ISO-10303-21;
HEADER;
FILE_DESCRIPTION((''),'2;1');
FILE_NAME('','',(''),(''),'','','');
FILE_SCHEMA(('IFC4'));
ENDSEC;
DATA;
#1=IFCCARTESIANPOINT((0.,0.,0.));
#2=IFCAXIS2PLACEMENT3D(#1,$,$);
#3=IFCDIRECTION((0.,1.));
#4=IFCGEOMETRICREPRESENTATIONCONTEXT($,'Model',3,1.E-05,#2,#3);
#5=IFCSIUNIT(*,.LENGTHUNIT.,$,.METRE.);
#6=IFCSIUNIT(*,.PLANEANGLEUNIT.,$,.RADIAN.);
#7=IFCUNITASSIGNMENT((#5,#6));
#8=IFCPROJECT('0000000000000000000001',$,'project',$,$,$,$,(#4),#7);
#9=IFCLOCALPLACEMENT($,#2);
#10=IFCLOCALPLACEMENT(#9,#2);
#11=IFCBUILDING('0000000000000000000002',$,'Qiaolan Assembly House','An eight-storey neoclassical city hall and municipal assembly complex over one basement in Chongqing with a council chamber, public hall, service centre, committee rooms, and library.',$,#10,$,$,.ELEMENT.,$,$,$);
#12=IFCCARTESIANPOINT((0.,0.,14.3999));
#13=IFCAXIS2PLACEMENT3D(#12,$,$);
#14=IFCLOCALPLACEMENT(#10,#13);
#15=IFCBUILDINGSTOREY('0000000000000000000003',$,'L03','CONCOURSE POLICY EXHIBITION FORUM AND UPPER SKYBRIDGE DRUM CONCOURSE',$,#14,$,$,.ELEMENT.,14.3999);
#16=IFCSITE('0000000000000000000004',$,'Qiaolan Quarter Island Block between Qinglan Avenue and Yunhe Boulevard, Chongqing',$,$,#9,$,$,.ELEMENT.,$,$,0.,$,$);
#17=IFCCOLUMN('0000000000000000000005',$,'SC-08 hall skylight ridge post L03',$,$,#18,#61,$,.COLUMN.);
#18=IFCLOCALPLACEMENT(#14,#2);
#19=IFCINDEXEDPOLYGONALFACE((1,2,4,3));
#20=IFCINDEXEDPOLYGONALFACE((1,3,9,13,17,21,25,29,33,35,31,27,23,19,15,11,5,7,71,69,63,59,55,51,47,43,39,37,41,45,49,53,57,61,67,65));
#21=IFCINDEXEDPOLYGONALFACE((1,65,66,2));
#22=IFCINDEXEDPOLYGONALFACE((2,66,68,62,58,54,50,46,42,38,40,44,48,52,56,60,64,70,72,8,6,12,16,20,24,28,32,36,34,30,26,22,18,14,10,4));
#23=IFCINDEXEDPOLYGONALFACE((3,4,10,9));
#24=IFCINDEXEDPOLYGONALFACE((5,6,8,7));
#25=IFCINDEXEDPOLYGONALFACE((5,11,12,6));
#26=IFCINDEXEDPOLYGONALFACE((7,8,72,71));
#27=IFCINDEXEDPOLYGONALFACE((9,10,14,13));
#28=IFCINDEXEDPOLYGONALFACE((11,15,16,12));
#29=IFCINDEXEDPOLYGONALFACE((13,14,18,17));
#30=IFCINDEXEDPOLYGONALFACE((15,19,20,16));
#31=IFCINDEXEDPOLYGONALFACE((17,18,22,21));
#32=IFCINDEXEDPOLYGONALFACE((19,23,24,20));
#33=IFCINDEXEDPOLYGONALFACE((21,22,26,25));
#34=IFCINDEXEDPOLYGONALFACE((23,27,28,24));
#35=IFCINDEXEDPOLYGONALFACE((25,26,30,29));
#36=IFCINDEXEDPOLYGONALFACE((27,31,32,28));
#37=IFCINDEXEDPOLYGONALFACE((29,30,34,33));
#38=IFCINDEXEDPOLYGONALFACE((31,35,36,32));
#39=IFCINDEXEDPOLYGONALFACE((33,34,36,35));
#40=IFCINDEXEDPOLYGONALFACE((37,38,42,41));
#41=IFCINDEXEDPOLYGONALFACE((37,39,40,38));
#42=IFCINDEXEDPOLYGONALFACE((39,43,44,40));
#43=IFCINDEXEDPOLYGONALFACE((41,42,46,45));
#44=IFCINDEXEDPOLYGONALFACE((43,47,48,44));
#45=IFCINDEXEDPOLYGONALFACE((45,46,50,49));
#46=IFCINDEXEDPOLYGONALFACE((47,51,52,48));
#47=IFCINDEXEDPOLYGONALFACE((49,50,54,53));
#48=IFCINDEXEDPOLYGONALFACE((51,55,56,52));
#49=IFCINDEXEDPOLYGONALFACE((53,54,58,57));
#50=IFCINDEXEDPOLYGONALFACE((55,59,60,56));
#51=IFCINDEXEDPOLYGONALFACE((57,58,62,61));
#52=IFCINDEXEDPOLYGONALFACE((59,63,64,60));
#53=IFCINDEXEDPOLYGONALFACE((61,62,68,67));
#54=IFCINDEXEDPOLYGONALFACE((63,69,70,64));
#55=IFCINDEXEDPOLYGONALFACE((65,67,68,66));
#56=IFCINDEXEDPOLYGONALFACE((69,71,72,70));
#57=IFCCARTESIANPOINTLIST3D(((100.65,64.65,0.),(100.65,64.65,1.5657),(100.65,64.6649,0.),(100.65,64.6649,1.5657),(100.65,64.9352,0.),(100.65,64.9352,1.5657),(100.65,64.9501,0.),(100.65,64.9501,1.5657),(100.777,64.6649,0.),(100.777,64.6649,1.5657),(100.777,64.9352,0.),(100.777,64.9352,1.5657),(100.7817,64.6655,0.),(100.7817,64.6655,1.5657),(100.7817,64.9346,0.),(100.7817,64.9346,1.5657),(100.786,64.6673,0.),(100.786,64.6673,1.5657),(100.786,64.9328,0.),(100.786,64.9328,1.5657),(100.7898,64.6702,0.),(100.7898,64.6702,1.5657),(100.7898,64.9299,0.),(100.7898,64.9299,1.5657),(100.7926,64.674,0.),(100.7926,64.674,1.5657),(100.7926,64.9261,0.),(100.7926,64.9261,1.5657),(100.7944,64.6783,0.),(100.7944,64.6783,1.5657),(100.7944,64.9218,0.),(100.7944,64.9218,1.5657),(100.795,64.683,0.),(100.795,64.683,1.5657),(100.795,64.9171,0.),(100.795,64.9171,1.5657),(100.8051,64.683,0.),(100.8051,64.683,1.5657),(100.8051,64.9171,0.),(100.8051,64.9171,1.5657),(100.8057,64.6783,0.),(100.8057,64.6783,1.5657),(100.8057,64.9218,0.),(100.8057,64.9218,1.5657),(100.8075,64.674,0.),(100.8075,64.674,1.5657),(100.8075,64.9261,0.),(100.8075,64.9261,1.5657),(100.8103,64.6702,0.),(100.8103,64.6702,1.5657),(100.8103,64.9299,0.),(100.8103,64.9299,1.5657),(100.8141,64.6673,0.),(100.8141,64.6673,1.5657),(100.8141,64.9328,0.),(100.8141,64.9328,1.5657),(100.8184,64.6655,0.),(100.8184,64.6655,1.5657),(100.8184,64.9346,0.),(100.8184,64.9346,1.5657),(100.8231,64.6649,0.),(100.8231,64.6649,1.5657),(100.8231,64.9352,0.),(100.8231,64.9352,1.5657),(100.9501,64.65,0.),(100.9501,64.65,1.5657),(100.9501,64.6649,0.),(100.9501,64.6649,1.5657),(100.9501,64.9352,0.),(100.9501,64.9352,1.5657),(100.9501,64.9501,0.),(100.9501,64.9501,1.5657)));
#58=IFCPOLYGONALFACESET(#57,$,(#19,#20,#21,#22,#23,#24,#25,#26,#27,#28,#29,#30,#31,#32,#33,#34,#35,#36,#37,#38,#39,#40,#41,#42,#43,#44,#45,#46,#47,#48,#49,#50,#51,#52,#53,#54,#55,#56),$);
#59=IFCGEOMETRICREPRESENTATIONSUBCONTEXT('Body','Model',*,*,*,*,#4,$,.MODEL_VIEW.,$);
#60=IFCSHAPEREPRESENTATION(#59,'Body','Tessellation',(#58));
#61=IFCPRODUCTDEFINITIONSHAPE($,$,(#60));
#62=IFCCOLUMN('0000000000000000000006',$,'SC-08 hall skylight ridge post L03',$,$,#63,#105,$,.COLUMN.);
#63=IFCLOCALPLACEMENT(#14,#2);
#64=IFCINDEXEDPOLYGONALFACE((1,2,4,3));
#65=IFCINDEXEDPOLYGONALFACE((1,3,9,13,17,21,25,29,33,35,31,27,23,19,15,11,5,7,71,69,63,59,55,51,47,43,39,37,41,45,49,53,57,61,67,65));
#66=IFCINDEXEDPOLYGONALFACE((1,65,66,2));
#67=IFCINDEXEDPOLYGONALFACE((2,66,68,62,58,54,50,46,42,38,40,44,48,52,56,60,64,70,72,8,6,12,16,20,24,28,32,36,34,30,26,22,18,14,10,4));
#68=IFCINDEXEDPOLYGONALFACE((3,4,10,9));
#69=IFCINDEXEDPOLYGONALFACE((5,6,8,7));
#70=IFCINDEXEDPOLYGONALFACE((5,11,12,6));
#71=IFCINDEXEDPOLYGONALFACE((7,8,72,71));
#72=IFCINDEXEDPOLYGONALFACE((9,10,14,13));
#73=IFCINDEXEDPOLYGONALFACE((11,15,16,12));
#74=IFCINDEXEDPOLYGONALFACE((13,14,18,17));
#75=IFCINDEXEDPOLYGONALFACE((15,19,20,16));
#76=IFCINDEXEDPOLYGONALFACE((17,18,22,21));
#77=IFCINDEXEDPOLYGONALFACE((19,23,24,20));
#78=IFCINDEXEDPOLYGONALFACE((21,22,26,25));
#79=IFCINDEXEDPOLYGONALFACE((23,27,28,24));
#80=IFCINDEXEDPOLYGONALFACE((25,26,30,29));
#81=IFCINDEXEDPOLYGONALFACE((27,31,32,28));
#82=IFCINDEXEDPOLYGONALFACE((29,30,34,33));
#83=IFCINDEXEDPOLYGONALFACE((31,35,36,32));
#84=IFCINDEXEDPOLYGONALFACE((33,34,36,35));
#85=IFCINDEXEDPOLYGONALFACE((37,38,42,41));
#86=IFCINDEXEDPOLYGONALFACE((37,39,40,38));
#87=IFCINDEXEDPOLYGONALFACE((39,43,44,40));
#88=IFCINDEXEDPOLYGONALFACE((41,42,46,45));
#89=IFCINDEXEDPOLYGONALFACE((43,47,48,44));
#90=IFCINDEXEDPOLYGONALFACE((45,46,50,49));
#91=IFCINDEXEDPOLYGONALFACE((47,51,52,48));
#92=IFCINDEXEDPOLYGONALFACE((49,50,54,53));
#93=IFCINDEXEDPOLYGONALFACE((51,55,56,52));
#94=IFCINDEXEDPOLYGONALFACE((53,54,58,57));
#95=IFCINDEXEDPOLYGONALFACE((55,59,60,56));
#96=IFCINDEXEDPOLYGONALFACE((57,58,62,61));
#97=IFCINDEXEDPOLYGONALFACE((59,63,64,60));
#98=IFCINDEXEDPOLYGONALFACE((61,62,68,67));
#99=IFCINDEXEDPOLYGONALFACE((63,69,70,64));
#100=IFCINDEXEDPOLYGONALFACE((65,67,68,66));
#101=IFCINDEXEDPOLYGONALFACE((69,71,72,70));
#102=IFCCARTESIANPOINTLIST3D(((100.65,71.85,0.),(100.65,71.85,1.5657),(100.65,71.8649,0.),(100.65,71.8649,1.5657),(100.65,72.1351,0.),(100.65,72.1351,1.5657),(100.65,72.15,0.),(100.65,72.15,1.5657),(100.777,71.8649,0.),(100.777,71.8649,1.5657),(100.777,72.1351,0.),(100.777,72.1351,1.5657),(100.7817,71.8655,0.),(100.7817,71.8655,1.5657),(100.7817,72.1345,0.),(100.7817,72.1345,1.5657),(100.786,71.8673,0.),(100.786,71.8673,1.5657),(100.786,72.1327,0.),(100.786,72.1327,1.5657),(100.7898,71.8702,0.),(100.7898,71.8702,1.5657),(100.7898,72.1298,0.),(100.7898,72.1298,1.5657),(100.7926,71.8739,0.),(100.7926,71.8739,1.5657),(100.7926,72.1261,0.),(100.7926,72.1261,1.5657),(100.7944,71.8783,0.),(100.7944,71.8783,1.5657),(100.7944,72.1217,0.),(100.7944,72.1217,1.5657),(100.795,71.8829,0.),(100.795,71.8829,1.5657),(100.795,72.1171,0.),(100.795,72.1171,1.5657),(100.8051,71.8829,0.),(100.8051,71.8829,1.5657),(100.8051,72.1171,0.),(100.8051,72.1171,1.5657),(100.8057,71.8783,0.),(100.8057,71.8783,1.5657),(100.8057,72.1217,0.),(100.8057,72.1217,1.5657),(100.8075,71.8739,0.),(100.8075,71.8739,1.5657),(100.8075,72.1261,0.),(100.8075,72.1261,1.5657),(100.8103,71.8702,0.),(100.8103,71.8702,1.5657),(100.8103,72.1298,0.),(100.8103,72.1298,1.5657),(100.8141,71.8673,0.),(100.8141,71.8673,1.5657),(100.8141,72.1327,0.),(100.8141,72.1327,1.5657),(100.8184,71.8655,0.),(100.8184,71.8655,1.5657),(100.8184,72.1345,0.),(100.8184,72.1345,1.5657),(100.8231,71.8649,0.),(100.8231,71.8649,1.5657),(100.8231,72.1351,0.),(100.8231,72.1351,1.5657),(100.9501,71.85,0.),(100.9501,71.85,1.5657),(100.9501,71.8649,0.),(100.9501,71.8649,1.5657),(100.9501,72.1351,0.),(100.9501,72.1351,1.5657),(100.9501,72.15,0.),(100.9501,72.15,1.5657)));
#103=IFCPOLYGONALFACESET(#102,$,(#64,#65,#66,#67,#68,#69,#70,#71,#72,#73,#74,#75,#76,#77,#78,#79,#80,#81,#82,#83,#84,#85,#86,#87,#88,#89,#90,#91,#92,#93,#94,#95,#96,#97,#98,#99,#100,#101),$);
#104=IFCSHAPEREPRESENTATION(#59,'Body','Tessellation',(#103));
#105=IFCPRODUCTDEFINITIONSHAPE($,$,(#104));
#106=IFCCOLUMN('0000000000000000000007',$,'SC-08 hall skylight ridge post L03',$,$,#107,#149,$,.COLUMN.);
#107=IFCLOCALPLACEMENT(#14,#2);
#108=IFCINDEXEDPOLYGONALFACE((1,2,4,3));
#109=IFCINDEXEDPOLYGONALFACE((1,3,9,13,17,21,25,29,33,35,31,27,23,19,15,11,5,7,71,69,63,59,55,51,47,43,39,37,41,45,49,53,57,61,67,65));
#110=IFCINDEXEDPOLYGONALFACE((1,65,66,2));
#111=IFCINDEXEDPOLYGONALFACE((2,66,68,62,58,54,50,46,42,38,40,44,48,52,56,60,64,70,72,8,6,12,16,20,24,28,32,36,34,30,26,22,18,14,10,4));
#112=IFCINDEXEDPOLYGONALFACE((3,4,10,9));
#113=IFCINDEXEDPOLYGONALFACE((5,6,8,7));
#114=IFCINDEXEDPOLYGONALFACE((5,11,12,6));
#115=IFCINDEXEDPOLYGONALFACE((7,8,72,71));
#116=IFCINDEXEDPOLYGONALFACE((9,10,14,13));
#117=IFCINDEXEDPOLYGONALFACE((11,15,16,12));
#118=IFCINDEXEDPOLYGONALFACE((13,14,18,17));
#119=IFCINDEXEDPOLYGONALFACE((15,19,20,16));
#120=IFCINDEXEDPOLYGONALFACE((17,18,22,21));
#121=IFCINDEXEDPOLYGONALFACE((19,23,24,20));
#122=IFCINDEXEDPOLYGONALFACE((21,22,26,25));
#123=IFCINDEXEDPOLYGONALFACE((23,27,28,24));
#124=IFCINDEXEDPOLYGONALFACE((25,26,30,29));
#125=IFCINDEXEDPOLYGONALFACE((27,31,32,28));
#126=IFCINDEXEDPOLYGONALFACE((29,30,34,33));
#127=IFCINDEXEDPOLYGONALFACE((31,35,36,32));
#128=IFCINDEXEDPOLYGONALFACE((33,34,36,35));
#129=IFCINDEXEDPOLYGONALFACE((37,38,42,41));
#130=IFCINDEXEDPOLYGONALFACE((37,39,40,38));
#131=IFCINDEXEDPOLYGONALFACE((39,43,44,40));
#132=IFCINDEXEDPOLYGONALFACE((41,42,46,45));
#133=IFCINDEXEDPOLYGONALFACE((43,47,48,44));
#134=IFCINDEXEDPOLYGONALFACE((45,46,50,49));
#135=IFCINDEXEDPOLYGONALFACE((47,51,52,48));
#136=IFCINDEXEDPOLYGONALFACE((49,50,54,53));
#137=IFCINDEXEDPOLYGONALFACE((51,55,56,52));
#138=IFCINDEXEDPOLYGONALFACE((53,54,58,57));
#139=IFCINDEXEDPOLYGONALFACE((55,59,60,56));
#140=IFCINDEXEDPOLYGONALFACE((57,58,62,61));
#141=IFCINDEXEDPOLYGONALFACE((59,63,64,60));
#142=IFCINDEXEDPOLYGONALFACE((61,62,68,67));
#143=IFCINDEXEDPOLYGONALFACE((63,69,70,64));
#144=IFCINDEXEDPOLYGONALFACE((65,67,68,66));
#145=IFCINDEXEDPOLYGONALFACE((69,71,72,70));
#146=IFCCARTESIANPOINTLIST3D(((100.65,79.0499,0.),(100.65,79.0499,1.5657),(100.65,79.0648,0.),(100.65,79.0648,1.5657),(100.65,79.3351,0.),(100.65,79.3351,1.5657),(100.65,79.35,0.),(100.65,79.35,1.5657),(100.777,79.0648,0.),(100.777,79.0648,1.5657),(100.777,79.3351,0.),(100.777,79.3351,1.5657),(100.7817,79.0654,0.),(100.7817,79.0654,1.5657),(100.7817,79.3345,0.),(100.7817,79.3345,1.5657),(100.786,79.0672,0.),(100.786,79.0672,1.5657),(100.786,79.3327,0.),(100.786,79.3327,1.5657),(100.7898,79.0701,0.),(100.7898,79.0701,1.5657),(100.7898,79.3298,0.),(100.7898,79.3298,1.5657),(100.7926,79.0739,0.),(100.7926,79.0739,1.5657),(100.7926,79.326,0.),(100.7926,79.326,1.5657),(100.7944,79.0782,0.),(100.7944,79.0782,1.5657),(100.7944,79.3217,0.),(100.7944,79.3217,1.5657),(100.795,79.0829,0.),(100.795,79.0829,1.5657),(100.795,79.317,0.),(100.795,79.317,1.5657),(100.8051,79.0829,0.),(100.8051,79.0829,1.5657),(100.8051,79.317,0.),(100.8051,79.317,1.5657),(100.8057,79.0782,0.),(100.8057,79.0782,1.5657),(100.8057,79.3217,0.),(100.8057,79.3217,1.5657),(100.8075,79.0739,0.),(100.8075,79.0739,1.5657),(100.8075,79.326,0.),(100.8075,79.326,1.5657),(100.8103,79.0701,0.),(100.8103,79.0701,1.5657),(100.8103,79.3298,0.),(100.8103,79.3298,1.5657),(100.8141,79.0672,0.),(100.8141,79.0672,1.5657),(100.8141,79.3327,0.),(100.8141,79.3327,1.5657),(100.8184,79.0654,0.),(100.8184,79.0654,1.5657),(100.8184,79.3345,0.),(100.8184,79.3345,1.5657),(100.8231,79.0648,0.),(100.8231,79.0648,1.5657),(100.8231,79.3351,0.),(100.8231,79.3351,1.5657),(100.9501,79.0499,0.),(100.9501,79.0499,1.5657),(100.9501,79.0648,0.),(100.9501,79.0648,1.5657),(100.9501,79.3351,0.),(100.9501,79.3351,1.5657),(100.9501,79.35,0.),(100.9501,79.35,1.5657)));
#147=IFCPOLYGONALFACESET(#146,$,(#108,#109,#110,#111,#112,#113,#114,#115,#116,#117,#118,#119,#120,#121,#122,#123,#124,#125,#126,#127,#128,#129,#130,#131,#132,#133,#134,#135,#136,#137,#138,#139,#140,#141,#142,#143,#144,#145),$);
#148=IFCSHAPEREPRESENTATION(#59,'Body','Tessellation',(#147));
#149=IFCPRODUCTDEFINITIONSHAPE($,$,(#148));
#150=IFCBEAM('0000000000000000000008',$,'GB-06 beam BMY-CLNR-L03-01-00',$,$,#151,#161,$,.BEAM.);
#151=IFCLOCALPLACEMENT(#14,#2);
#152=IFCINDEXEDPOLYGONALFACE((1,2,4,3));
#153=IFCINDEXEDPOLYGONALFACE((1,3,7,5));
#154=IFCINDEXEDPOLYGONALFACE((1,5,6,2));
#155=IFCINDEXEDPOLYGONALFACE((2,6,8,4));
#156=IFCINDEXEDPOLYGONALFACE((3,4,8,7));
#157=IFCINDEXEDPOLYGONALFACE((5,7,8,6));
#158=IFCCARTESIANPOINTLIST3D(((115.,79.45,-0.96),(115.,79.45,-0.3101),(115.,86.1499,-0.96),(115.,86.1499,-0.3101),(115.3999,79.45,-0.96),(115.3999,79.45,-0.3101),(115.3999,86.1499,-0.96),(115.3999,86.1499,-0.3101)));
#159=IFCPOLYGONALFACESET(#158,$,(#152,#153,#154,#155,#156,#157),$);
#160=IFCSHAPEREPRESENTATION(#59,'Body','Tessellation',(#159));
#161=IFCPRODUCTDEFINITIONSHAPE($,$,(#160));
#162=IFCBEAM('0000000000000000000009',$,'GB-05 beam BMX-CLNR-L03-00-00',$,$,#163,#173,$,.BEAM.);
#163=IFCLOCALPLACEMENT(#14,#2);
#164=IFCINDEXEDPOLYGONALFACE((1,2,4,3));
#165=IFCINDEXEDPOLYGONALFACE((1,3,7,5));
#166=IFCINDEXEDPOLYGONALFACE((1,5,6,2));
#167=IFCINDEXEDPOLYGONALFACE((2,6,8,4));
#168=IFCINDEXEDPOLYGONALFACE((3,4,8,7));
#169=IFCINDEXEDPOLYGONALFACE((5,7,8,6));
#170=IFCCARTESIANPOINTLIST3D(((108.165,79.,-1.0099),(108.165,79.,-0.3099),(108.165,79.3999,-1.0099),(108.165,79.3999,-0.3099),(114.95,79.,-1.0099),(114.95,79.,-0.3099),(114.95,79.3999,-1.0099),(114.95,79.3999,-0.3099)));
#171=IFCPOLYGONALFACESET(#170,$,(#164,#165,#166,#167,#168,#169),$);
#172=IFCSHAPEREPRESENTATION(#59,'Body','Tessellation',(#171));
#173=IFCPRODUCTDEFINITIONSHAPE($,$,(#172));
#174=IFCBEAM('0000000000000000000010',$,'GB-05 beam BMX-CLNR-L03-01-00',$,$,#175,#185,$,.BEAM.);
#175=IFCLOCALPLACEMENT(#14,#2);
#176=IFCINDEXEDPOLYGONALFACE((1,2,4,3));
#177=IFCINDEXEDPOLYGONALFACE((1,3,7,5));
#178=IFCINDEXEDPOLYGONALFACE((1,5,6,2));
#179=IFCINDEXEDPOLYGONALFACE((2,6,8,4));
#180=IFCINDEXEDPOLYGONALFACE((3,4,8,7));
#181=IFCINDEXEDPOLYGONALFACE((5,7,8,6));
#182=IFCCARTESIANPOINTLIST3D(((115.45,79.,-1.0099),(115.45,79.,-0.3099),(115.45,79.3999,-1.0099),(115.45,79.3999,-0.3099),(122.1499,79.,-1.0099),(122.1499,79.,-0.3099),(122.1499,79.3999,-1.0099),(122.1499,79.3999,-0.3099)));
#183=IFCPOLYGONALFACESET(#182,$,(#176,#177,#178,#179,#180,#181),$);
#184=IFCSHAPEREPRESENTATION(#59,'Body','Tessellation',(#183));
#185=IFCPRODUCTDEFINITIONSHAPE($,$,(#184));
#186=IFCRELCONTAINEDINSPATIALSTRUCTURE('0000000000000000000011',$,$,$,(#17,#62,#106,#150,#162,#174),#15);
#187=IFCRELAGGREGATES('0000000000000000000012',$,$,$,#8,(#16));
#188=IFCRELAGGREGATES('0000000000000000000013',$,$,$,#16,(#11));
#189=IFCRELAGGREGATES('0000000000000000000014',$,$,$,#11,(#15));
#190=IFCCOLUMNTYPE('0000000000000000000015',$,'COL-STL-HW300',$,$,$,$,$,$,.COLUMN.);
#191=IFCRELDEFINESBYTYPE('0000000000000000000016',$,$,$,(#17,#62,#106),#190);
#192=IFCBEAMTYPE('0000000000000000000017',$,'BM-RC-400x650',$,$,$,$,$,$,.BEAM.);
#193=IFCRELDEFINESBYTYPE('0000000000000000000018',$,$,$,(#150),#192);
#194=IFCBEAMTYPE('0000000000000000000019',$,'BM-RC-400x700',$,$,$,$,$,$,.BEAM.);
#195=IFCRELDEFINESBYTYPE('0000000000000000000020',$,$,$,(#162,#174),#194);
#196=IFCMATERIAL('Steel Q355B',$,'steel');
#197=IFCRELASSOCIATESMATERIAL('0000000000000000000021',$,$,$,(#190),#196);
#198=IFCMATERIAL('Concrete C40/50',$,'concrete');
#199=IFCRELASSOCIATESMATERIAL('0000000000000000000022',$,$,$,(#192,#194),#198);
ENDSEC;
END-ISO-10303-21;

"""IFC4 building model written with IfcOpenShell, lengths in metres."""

from ifc_helpers import new_model, si_unit, direction, frame, origin, origin_2d, place, context, subcontext, project, spatial, rectangle, i_section, extrude, material, material_profile, profile_set, type_object, element, save


model = new_model("IFC4")

# Units and contexts
model_context = context("Model", 3, precision=1e-05, world=origin(), true_north=direction((0.0, 1.0)))
body_context = subcontext(model_context, "Body", "Model", "MODEL_VIEW")
ifc_project = project(units=[si_unit("LENGTHUNIT", "METRE"), si_unit("PLANEANGLEUNIT", "RADIAN")], contexts=[model_context])

# Site, building, storey
site_placement = place(None, origin())
site = spatial("IfcSite", under=ifc_project, at=site_placement, Name="Qiaolan Quarter Island Block between Qinglan Avenue and Yunhe Boulevard, Chongqing", CompositionType="ELEMENT", RefElevation=0.0)
building_placement = place(site_placement, origin())
building = spatial("IfcBuilding", under=site, at=building_placement, Name="Qiaolan Assembly House", Description="An eight-storey neoclassical city hall and municipal assembly complex over one basement in Chongqing with a council chamber, public hall, service centre, committee rooms, and library.", CompositionType="ELEMENT")
storey_placement = place(building_placement, frame((0.0, 0.0, 14.3999)))
storey = spatial("IfcBuildingStorey", under=building, at=storey_placement, Name="L03", Description="CONCOURSE POLICY EXHIBITION FORUM AND UPPER SKYBRIDGE DRUM CONCOURSE", CompositionType="ELEMENT", Elevation=14.3999)

# Columns
ifc_material_1 = material(Name="Steel Q355B", Category="steel")
ifc_material_profile_1 = material_profile(ifc_material_1, i_section(OverallWidth=0.3, OverallDepth=0.3, WebThickness=0.01, FlangeThickness=0.0149, FilletRadius=0.0181, at=origin_2d()), Name="HW 300x300x10x15")
ifc_profile_set_1 = profile_set([ifc_material_profile_1], Name="Steel Q355B")
column_type = type_object("IfcColumnType", Name="COL-STL-HW300", PredefinedType="COLUMN", material=ifc_profile_set_1)
for number, where, z_axis, x_axis, name in (
    (1, (100.8, 64.8, 0.0), (0.0, 0.0, 1.0), (1.0, 0.0, 0.0), "SC-08 hall skylight ridge post L03"),
    (2, (100.8, 72.0, 0.0), (0.0, 0.0, 1.0), (1.0, 0.0, 0.0), "SC-08 hall skylight ridge post L03"),
    (3, (100.8, 79.2, 0.0), (0.0, 0.0, 1.0), (1.0, 0.0, 0.0), "SC-08 hall skylight ridge post L03"),
):
    element("IfcColumn", number, at=place(storey_placement, frame(where, z_axis=z_axis, x_axis=x_axis)), inside=storey, type_object=column_type, Name=name, PredefinedType="COLUMN", context=body_context, shape_type="SweptSolid", body=[
        extrude(i_section(OverallWidth=0.3, OverallDepth=0.3, WebThickness=0.01, FlangeThickness=0.0149, FilletRadius=0.0181, at=origin_2d()), origin(), (0.0, 0.0, 1.0), 1.5657),
    ])

# Beams
ifc_material_2 = material(Name="Concrete C40/50", Category="concrete")
ifc_material_profile_2 = material_profile(ifc_material_2, rectangle(XDim=0.3999, YDim=0.6499, at=origin_2d()), Name="RCB 400x650")
ifc_profile_set_2 = profile_set([ifc_material_profile_2], Name="Concrete C40/50")
beam_type_1 = type_object("IfcBeamType", Name="BM-RC-400x650", PredefinedType="BEAM", material=ifc_profile_set_2)
beam_1_placement = place(storey_placement, frame((115.2, 79.45, -0.635), z_axis=(0.0, 1.0, 0.0), x_axis=(-1.0, 0.0, 0.0)))
element("IfcBeam", 4, at=beam_1_placement, inside=storey, type_object=beam_type_1, Name="GB-06 beam BMY-CLNR-L03-01-00", PredefinedType="BEAM", context=body_context, shape_type="SweptSolid", body=[
    extrude(rectangle(XDim=0.3999, YDim=0.6499, at=origin_2d()), origin(), (0.0, 0.0, 1.0), 6.7),
])
ifc_material_profile_3 = material_profile(ifc_material_2, rectangle(XDim=0.3999, YDim=0.7, at=origin_2d()), Name="RCB 400x700")
ifc_profile_set_3 = profile_set([ifc_material_profile_3], Name="Concrete C40/50")
beam_type_2 = type_object("IfcBeamType", Name="BM-RC-400x700", PredefinedType="BEAM", material=ifc_profile_set_3)
beam_2_placement = place(storey_placement, frame((108.165, 79.2, -0.6599), z_axis=(1.0, 0.0, 0.0), x_axis=(0.0, 1.0, 0.0)))
element("IfcBeam", 5, at=beam_2_placement, inside=storey, type_object=beam_type_2, Name="GB-05 beam BMX-CLNR-L03-00-00", PredefinedType="BEAM", context=body_context, shape_type="SweptSolid", body=[
    extrude(rectangle(XDim=0.3999, YDim=0.7, at=origin_2d()), origin(), (0.0, 0.0, 1.0), 6.7849),
])
beam_3_placement = place(storey_placement, frame((115.45, 79.2, -0.6599), z_axis=(1.0, 0.0, 0.0), x_axis=(0.0, 1.0, 0.0)))
element("IfcBeam", 6, at=beam_3_placement, inside=storey, type_object=beam_type_2, Name="GB-05 beam BMX-CLNR-L03-01-00", PredefinedType="BEAM", context=body_context, shape_type="SweptSolid", body=[
    extrude(rectangle(XDim=0.3999, YDim=0.7, at=origin_2d()), origin(), (0.0, 0.0, 1.0), 6.7),
])

save(model, "model.ifc")
